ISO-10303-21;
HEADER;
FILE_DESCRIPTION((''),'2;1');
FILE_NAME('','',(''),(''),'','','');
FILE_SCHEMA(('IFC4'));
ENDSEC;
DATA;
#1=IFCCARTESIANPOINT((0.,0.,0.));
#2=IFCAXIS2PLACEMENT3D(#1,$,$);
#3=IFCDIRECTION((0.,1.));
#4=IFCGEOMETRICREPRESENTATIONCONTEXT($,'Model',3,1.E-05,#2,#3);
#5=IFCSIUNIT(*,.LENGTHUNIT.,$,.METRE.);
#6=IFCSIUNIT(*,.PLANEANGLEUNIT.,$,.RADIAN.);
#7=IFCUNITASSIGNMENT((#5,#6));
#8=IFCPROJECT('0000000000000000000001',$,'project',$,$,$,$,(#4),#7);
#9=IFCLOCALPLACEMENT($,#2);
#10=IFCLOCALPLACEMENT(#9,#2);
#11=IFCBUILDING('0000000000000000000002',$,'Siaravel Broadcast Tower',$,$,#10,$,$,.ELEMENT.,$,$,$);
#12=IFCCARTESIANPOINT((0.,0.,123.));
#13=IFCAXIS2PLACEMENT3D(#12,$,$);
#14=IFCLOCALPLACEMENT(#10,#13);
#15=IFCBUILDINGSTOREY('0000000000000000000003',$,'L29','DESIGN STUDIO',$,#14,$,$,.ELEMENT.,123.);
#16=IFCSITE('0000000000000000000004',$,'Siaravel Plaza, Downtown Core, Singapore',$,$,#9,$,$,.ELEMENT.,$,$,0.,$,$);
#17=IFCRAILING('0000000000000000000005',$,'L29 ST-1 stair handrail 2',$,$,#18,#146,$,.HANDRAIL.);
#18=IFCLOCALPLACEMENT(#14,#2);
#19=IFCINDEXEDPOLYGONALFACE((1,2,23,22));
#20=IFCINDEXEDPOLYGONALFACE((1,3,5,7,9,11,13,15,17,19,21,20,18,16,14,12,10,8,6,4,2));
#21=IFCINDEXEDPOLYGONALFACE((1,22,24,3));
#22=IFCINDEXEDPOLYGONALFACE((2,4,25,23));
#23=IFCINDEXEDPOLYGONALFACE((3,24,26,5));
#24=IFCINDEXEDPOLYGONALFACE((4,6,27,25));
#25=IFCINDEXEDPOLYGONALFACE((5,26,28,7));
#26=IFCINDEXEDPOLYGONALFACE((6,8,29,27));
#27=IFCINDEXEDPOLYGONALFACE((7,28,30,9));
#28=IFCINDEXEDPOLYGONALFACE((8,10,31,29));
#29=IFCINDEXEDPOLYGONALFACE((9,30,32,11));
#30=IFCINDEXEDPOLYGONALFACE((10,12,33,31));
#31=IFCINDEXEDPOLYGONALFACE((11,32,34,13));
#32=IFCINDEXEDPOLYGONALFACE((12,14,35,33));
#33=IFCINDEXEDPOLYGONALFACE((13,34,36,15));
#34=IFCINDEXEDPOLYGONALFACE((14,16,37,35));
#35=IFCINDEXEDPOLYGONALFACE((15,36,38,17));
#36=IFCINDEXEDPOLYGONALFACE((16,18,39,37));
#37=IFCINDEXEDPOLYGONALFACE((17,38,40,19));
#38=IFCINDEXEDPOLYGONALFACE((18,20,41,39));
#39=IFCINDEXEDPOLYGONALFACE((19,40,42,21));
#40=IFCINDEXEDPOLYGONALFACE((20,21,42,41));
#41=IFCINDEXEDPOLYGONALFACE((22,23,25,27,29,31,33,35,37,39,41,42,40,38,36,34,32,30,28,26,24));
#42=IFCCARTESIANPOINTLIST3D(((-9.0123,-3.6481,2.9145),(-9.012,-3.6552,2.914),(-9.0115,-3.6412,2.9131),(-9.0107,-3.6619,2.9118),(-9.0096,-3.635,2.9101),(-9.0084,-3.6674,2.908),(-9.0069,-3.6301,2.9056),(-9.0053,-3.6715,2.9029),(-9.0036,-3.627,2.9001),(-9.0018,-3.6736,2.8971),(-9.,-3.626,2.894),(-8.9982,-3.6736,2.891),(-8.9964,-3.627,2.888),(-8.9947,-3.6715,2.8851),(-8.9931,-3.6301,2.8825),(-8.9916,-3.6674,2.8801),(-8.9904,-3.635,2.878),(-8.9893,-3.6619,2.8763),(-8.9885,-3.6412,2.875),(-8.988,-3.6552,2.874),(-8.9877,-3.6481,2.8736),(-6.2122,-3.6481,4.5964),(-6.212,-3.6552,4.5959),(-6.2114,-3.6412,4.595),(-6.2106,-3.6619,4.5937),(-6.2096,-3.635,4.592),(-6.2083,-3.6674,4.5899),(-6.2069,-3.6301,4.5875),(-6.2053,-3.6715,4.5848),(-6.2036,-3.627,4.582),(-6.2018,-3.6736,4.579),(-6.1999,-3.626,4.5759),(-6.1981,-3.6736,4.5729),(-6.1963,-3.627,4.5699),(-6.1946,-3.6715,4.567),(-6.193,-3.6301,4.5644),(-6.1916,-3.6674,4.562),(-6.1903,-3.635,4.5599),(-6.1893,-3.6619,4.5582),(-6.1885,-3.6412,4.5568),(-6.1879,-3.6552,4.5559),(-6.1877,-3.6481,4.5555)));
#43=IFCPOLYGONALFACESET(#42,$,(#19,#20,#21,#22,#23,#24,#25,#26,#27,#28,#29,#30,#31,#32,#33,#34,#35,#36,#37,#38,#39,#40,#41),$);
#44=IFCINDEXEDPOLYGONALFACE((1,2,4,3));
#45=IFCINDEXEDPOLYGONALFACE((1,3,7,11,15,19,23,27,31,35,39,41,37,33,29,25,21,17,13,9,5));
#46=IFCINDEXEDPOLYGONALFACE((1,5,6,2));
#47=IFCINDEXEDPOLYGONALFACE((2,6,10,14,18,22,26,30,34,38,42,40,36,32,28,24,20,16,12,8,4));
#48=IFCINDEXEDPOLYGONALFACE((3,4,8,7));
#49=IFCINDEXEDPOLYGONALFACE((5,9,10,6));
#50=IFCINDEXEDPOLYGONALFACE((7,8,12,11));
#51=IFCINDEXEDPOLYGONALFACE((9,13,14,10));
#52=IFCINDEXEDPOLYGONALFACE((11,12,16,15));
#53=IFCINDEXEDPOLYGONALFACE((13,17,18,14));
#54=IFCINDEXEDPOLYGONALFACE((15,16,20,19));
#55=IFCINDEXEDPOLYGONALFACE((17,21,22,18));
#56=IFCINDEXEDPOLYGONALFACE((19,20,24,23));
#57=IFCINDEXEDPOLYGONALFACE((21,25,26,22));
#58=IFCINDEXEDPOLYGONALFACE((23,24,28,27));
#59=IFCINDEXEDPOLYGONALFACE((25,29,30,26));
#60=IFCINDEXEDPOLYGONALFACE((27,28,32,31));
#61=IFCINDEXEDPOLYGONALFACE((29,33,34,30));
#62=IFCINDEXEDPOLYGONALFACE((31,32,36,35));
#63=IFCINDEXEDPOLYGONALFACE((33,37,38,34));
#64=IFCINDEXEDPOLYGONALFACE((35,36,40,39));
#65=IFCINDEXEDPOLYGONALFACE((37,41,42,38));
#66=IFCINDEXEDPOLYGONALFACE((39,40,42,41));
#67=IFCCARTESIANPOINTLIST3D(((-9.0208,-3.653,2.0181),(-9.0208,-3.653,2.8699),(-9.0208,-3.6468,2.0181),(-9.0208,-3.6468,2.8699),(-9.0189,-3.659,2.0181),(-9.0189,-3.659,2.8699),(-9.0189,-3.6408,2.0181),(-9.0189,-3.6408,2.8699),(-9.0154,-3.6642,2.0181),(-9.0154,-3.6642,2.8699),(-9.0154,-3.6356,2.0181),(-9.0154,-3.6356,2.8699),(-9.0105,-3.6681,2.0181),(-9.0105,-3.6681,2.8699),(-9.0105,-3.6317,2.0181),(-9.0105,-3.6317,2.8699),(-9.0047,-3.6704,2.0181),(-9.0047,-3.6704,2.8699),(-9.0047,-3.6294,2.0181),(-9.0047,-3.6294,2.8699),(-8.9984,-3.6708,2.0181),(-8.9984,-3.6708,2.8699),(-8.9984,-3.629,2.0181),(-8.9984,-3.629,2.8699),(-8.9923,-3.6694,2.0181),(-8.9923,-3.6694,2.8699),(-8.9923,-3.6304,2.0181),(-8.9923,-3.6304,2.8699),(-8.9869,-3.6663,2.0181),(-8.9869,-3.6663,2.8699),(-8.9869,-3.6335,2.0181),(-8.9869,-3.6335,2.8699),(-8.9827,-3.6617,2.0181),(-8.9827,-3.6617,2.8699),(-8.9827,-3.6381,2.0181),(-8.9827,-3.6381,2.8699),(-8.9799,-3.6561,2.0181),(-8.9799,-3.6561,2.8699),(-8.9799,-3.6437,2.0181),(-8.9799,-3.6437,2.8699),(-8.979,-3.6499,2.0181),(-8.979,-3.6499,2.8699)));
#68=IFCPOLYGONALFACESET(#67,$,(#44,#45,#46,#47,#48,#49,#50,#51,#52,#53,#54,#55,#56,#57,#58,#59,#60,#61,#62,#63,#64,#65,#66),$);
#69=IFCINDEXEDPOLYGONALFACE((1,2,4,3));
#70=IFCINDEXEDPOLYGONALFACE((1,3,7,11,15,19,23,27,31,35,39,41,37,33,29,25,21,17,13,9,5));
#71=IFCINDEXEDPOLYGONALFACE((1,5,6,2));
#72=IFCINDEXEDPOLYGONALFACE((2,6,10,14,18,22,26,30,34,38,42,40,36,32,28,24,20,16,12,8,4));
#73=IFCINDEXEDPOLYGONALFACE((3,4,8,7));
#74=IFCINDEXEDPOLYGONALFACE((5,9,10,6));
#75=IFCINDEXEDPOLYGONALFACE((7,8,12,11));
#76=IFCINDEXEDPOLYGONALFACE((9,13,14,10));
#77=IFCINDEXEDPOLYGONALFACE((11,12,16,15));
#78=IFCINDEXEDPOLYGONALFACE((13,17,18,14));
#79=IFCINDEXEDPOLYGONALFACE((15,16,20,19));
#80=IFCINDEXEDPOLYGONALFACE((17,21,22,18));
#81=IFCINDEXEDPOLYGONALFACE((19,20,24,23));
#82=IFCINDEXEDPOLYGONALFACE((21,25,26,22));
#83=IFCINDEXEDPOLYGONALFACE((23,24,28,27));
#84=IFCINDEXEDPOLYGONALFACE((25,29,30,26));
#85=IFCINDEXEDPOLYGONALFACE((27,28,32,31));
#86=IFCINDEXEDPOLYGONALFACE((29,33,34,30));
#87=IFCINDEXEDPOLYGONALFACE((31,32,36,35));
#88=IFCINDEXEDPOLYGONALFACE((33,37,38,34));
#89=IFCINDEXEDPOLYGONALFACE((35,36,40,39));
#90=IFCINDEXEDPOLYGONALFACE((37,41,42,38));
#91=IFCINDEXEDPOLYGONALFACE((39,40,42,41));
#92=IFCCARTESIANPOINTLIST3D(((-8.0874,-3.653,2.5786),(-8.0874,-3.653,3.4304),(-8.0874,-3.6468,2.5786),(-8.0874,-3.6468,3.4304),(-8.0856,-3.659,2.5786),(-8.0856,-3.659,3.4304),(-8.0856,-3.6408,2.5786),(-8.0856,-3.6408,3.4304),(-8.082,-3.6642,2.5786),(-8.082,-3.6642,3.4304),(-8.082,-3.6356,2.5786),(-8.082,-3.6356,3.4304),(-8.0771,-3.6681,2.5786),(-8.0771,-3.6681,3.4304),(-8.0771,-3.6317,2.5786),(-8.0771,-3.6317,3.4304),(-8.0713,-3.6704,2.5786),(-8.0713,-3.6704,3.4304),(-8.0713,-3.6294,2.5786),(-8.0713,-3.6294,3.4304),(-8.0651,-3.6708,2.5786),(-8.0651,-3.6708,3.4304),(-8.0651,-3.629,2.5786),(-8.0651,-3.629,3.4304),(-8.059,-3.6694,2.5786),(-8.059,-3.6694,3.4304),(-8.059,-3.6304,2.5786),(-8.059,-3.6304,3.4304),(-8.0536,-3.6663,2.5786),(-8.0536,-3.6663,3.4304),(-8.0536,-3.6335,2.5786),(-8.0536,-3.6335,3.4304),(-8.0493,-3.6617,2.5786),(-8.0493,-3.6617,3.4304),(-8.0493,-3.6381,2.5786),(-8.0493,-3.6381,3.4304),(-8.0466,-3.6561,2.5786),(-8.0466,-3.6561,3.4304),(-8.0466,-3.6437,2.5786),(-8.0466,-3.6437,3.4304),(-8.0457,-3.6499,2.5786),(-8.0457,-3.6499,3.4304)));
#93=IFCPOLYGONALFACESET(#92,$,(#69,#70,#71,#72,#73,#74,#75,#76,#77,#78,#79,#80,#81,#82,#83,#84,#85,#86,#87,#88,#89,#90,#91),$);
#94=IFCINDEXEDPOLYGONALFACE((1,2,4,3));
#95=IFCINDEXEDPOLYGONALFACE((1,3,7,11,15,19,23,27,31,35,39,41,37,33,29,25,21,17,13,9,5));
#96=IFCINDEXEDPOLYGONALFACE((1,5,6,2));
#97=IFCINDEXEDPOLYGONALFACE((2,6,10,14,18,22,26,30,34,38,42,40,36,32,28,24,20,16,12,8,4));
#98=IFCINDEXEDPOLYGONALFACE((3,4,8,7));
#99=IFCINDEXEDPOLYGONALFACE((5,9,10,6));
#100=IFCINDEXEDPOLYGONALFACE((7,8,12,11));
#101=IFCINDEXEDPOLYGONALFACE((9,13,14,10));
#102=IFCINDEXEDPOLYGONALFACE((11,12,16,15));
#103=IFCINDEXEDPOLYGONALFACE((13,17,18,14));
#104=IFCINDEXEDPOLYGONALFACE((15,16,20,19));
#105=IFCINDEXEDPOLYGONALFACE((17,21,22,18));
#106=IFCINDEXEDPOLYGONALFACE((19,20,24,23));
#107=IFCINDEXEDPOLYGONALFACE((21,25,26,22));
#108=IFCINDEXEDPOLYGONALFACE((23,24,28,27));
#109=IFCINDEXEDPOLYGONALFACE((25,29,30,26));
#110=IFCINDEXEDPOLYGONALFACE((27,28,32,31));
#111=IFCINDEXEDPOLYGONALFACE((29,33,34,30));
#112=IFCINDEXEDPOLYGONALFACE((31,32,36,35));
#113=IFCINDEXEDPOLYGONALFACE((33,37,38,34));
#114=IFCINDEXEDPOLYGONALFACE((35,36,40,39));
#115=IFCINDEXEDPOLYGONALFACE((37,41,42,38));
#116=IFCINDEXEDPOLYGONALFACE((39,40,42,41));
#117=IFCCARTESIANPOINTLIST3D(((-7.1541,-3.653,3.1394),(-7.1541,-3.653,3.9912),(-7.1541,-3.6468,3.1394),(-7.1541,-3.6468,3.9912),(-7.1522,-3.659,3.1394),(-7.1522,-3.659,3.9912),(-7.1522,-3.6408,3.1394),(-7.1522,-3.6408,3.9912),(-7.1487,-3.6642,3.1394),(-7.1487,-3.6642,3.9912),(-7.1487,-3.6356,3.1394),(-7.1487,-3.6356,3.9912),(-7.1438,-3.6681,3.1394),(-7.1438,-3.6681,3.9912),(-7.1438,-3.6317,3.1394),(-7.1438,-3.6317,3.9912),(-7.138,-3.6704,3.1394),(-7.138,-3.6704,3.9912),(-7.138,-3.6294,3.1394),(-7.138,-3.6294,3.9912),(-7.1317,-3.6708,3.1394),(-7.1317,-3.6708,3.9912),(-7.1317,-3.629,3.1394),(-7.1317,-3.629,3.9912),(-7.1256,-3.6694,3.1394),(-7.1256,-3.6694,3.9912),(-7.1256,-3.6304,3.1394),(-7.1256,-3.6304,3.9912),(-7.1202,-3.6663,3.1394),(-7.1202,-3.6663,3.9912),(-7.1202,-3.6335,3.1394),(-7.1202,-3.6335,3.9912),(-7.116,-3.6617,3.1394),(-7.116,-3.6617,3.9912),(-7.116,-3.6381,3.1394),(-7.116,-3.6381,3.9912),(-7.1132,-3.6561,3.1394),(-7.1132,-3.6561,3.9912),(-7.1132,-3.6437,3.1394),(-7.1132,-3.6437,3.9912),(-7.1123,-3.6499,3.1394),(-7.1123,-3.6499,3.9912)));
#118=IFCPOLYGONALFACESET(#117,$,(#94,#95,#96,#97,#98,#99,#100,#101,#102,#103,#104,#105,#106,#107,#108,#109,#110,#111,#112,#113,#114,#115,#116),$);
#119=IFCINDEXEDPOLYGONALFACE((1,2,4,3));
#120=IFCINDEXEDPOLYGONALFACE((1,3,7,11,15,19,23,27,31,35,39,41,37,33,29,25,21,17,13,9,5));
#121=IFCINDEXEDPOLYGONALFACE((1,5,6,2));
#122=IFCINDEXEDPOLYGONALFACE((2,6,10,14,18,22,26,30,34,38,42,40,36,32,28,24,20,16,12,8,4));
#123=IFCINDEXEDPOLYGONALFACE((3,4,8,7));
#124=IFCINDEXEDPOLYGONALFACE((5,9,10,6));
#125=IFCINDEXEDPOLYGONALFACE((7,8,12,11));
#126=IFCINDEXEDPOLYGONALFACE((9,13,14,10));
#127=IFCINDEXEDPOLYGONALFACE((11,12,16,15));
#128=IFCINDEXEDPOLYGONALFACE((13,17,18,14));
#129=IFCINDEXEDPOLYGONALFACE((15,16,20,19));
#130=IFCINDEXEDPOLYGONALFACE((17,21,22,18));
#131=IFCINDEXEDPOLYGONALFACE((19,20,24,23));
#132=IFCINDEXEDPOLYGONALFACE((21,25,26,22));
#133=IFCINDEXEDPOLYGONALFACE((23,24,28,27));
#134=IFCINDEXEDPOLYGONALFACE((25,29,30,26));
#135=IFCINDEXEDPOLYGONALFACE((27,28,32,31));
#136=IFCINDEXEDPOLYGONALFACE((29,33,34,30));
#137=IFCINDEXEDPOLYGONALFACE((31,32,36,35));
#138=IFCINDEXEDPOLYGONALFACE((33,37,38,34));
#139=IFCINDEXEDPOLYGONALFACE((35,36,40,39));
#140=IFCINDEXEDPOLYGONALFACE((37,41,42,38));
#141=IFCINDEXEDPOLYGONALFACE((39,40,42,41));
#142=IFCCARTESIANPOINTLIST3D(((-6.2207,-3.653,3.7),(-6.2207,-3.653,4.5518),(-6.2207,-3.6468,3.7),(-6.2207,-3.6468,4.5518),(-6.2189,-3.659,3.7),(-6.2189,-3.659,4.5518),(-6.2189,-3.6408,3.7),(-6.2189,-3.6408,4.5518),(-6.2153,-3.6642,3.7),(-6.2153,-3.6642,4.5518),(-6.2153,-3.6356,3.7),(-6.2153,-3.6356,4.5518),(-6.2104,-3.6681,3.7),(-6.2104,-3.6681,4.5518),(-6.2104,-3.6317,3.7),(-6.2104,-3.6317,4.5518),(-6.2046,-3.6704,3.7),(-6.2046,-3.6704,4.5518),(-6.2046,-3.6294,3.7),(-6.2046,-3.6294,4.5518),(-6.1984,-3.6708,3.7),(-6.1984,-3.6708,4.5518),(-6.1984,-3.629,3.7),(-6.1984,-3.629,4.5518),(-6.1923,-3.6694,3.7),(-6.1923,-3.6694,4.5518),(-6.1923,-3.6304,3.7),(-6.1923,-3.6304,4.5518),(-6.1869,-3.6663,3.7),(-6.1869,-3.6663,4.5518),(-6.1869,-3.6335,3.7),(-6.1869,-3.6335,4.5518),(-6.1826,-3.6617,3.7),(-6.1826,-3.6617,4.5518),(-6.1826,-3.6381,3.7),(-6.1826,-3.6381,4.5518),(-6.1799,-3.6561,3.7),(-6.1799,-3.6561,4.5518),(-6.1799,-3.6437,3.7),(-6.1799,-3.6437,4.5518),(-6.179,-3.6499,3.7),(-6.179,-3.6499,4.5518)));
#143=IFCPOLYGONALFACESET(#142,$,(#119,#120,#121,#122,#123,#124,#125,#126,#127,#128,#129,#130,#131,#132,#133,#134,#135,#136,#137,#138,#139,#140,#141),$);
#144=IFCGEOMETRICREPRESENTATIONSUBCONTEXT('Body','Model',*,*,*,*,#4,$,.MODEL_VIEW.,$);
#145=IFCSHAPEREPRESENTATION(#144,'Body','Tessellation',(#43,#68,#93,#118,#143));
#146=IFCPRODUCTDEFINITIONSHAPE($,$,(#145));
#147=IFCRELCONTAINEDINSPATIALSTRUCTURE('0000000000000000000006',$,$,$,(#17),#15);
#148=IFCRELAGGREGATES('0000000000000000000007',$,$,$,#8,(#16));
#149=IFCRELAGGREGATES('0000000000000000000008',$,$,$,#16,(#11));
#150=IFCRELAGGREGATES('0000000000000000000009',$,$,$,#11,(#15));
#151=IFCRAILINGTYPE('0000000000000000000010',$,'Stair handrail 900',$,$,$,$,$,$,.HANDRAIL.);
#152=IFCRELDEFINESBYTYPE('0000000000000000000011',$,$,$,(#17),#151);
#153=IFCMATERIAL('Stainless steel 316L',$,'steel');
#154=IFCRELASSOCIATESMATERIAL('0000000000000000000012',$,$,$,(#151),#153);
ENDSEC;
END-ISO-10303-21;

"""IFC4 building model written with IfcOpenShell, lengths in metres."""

from ifc_helpers import new_model, si_unit, direction, frame, origin, origin_2d, place, context, subcontext, project, spatial, circle, extrude, material, type_object, element, save


model = new_model("IFC4")

# Units and contexts
model_context = context("Model", 3, precision=1e-05, world=origin(), true_north=direction((0.0, 1.0)))
body_context = subcontext(model_context, "Body", "Model", "MODEL_VIEW")
ifc_project = project(units=[si_unit("LENGTHUNIT", "METRE"), si_unit("PLANEANGLEUNIT", "RADIAN")], contexts=[model_context])

# Site, building, storey
site_placement = place(None, origin())
site = spatial("IfcSite", under=ifc_project, at=site_placement, Name="Siaravel Plaza, Downtown Core, Singapore", CompositionType="ELEMENT", RefElevation=0.0)
building_placement = place(site_placement, origin())
building = spatial("IfcBuilding", under=site, at=building_placement, Name="Siaravel Broadcast Tower", CompositionType="ELEMENT")
storey_placement = place(building_placement, frame((0.0, 0.0, 123.0)))
storey = spatial("IfcBuildingStorey", under=building, at=storey_placement, Name="L29", Description="DESIGN STUDIO", CompositionType="ELEMENT", Elevation=123.0)

# Railing
ifc_material_1 = material(Name="Stainless steel 316L", Category="steel")
railing_type_1 = type_object("IfcRailingType", Name="Stair handrail 900", PredefinedType="HANDRAIL", material=ifc_material_1)
railing_1_placement = place(storey_placement, frame((-9.0, -3.6499, 2.0181)))
element("IfcRailing", 1, at=railing_1_placement, inside=storey, type_object=railing_type_1, Name="L29 ST-1 stair handrail 2", PredefinedType="HANDRAIL", context=body_context, shape_type="SweptSolid", body=[
    extrude(circle(Radius=0.0239, at=origin_2d()), frame((0.0, 0.0, 0.876), z_axis=(0.857242, 0.0, 0.514913), x_axis=(0.0, 1.0, 0.0)), (0.0, 0.0, 1.0), 3.2664),
    extrude(circle(Radius=0.021, at=origin_2d()), origin(), (0.0, 0.0, 1.0), 0.8518),
    extrude(circle(Radius=0.021, at=origin_2d()), frame((0.9333, 0.0, 0.5605)), (0.0, 0.0, 1.0), 0.8518),
    extrude(circle(Radius=0.021, at=origin_2d()), frame((1.8667, 0.0, 1.1213)), (0.0, 0.0, 1.0), 0.8518),
    extrude(circle(Radius=0.021, at=origin_2d()), frame((2.8, 0.0, 1.6819)), (0.0, 0.0, 1.0), 0.8518),
])

save(model, "model.ifc")
